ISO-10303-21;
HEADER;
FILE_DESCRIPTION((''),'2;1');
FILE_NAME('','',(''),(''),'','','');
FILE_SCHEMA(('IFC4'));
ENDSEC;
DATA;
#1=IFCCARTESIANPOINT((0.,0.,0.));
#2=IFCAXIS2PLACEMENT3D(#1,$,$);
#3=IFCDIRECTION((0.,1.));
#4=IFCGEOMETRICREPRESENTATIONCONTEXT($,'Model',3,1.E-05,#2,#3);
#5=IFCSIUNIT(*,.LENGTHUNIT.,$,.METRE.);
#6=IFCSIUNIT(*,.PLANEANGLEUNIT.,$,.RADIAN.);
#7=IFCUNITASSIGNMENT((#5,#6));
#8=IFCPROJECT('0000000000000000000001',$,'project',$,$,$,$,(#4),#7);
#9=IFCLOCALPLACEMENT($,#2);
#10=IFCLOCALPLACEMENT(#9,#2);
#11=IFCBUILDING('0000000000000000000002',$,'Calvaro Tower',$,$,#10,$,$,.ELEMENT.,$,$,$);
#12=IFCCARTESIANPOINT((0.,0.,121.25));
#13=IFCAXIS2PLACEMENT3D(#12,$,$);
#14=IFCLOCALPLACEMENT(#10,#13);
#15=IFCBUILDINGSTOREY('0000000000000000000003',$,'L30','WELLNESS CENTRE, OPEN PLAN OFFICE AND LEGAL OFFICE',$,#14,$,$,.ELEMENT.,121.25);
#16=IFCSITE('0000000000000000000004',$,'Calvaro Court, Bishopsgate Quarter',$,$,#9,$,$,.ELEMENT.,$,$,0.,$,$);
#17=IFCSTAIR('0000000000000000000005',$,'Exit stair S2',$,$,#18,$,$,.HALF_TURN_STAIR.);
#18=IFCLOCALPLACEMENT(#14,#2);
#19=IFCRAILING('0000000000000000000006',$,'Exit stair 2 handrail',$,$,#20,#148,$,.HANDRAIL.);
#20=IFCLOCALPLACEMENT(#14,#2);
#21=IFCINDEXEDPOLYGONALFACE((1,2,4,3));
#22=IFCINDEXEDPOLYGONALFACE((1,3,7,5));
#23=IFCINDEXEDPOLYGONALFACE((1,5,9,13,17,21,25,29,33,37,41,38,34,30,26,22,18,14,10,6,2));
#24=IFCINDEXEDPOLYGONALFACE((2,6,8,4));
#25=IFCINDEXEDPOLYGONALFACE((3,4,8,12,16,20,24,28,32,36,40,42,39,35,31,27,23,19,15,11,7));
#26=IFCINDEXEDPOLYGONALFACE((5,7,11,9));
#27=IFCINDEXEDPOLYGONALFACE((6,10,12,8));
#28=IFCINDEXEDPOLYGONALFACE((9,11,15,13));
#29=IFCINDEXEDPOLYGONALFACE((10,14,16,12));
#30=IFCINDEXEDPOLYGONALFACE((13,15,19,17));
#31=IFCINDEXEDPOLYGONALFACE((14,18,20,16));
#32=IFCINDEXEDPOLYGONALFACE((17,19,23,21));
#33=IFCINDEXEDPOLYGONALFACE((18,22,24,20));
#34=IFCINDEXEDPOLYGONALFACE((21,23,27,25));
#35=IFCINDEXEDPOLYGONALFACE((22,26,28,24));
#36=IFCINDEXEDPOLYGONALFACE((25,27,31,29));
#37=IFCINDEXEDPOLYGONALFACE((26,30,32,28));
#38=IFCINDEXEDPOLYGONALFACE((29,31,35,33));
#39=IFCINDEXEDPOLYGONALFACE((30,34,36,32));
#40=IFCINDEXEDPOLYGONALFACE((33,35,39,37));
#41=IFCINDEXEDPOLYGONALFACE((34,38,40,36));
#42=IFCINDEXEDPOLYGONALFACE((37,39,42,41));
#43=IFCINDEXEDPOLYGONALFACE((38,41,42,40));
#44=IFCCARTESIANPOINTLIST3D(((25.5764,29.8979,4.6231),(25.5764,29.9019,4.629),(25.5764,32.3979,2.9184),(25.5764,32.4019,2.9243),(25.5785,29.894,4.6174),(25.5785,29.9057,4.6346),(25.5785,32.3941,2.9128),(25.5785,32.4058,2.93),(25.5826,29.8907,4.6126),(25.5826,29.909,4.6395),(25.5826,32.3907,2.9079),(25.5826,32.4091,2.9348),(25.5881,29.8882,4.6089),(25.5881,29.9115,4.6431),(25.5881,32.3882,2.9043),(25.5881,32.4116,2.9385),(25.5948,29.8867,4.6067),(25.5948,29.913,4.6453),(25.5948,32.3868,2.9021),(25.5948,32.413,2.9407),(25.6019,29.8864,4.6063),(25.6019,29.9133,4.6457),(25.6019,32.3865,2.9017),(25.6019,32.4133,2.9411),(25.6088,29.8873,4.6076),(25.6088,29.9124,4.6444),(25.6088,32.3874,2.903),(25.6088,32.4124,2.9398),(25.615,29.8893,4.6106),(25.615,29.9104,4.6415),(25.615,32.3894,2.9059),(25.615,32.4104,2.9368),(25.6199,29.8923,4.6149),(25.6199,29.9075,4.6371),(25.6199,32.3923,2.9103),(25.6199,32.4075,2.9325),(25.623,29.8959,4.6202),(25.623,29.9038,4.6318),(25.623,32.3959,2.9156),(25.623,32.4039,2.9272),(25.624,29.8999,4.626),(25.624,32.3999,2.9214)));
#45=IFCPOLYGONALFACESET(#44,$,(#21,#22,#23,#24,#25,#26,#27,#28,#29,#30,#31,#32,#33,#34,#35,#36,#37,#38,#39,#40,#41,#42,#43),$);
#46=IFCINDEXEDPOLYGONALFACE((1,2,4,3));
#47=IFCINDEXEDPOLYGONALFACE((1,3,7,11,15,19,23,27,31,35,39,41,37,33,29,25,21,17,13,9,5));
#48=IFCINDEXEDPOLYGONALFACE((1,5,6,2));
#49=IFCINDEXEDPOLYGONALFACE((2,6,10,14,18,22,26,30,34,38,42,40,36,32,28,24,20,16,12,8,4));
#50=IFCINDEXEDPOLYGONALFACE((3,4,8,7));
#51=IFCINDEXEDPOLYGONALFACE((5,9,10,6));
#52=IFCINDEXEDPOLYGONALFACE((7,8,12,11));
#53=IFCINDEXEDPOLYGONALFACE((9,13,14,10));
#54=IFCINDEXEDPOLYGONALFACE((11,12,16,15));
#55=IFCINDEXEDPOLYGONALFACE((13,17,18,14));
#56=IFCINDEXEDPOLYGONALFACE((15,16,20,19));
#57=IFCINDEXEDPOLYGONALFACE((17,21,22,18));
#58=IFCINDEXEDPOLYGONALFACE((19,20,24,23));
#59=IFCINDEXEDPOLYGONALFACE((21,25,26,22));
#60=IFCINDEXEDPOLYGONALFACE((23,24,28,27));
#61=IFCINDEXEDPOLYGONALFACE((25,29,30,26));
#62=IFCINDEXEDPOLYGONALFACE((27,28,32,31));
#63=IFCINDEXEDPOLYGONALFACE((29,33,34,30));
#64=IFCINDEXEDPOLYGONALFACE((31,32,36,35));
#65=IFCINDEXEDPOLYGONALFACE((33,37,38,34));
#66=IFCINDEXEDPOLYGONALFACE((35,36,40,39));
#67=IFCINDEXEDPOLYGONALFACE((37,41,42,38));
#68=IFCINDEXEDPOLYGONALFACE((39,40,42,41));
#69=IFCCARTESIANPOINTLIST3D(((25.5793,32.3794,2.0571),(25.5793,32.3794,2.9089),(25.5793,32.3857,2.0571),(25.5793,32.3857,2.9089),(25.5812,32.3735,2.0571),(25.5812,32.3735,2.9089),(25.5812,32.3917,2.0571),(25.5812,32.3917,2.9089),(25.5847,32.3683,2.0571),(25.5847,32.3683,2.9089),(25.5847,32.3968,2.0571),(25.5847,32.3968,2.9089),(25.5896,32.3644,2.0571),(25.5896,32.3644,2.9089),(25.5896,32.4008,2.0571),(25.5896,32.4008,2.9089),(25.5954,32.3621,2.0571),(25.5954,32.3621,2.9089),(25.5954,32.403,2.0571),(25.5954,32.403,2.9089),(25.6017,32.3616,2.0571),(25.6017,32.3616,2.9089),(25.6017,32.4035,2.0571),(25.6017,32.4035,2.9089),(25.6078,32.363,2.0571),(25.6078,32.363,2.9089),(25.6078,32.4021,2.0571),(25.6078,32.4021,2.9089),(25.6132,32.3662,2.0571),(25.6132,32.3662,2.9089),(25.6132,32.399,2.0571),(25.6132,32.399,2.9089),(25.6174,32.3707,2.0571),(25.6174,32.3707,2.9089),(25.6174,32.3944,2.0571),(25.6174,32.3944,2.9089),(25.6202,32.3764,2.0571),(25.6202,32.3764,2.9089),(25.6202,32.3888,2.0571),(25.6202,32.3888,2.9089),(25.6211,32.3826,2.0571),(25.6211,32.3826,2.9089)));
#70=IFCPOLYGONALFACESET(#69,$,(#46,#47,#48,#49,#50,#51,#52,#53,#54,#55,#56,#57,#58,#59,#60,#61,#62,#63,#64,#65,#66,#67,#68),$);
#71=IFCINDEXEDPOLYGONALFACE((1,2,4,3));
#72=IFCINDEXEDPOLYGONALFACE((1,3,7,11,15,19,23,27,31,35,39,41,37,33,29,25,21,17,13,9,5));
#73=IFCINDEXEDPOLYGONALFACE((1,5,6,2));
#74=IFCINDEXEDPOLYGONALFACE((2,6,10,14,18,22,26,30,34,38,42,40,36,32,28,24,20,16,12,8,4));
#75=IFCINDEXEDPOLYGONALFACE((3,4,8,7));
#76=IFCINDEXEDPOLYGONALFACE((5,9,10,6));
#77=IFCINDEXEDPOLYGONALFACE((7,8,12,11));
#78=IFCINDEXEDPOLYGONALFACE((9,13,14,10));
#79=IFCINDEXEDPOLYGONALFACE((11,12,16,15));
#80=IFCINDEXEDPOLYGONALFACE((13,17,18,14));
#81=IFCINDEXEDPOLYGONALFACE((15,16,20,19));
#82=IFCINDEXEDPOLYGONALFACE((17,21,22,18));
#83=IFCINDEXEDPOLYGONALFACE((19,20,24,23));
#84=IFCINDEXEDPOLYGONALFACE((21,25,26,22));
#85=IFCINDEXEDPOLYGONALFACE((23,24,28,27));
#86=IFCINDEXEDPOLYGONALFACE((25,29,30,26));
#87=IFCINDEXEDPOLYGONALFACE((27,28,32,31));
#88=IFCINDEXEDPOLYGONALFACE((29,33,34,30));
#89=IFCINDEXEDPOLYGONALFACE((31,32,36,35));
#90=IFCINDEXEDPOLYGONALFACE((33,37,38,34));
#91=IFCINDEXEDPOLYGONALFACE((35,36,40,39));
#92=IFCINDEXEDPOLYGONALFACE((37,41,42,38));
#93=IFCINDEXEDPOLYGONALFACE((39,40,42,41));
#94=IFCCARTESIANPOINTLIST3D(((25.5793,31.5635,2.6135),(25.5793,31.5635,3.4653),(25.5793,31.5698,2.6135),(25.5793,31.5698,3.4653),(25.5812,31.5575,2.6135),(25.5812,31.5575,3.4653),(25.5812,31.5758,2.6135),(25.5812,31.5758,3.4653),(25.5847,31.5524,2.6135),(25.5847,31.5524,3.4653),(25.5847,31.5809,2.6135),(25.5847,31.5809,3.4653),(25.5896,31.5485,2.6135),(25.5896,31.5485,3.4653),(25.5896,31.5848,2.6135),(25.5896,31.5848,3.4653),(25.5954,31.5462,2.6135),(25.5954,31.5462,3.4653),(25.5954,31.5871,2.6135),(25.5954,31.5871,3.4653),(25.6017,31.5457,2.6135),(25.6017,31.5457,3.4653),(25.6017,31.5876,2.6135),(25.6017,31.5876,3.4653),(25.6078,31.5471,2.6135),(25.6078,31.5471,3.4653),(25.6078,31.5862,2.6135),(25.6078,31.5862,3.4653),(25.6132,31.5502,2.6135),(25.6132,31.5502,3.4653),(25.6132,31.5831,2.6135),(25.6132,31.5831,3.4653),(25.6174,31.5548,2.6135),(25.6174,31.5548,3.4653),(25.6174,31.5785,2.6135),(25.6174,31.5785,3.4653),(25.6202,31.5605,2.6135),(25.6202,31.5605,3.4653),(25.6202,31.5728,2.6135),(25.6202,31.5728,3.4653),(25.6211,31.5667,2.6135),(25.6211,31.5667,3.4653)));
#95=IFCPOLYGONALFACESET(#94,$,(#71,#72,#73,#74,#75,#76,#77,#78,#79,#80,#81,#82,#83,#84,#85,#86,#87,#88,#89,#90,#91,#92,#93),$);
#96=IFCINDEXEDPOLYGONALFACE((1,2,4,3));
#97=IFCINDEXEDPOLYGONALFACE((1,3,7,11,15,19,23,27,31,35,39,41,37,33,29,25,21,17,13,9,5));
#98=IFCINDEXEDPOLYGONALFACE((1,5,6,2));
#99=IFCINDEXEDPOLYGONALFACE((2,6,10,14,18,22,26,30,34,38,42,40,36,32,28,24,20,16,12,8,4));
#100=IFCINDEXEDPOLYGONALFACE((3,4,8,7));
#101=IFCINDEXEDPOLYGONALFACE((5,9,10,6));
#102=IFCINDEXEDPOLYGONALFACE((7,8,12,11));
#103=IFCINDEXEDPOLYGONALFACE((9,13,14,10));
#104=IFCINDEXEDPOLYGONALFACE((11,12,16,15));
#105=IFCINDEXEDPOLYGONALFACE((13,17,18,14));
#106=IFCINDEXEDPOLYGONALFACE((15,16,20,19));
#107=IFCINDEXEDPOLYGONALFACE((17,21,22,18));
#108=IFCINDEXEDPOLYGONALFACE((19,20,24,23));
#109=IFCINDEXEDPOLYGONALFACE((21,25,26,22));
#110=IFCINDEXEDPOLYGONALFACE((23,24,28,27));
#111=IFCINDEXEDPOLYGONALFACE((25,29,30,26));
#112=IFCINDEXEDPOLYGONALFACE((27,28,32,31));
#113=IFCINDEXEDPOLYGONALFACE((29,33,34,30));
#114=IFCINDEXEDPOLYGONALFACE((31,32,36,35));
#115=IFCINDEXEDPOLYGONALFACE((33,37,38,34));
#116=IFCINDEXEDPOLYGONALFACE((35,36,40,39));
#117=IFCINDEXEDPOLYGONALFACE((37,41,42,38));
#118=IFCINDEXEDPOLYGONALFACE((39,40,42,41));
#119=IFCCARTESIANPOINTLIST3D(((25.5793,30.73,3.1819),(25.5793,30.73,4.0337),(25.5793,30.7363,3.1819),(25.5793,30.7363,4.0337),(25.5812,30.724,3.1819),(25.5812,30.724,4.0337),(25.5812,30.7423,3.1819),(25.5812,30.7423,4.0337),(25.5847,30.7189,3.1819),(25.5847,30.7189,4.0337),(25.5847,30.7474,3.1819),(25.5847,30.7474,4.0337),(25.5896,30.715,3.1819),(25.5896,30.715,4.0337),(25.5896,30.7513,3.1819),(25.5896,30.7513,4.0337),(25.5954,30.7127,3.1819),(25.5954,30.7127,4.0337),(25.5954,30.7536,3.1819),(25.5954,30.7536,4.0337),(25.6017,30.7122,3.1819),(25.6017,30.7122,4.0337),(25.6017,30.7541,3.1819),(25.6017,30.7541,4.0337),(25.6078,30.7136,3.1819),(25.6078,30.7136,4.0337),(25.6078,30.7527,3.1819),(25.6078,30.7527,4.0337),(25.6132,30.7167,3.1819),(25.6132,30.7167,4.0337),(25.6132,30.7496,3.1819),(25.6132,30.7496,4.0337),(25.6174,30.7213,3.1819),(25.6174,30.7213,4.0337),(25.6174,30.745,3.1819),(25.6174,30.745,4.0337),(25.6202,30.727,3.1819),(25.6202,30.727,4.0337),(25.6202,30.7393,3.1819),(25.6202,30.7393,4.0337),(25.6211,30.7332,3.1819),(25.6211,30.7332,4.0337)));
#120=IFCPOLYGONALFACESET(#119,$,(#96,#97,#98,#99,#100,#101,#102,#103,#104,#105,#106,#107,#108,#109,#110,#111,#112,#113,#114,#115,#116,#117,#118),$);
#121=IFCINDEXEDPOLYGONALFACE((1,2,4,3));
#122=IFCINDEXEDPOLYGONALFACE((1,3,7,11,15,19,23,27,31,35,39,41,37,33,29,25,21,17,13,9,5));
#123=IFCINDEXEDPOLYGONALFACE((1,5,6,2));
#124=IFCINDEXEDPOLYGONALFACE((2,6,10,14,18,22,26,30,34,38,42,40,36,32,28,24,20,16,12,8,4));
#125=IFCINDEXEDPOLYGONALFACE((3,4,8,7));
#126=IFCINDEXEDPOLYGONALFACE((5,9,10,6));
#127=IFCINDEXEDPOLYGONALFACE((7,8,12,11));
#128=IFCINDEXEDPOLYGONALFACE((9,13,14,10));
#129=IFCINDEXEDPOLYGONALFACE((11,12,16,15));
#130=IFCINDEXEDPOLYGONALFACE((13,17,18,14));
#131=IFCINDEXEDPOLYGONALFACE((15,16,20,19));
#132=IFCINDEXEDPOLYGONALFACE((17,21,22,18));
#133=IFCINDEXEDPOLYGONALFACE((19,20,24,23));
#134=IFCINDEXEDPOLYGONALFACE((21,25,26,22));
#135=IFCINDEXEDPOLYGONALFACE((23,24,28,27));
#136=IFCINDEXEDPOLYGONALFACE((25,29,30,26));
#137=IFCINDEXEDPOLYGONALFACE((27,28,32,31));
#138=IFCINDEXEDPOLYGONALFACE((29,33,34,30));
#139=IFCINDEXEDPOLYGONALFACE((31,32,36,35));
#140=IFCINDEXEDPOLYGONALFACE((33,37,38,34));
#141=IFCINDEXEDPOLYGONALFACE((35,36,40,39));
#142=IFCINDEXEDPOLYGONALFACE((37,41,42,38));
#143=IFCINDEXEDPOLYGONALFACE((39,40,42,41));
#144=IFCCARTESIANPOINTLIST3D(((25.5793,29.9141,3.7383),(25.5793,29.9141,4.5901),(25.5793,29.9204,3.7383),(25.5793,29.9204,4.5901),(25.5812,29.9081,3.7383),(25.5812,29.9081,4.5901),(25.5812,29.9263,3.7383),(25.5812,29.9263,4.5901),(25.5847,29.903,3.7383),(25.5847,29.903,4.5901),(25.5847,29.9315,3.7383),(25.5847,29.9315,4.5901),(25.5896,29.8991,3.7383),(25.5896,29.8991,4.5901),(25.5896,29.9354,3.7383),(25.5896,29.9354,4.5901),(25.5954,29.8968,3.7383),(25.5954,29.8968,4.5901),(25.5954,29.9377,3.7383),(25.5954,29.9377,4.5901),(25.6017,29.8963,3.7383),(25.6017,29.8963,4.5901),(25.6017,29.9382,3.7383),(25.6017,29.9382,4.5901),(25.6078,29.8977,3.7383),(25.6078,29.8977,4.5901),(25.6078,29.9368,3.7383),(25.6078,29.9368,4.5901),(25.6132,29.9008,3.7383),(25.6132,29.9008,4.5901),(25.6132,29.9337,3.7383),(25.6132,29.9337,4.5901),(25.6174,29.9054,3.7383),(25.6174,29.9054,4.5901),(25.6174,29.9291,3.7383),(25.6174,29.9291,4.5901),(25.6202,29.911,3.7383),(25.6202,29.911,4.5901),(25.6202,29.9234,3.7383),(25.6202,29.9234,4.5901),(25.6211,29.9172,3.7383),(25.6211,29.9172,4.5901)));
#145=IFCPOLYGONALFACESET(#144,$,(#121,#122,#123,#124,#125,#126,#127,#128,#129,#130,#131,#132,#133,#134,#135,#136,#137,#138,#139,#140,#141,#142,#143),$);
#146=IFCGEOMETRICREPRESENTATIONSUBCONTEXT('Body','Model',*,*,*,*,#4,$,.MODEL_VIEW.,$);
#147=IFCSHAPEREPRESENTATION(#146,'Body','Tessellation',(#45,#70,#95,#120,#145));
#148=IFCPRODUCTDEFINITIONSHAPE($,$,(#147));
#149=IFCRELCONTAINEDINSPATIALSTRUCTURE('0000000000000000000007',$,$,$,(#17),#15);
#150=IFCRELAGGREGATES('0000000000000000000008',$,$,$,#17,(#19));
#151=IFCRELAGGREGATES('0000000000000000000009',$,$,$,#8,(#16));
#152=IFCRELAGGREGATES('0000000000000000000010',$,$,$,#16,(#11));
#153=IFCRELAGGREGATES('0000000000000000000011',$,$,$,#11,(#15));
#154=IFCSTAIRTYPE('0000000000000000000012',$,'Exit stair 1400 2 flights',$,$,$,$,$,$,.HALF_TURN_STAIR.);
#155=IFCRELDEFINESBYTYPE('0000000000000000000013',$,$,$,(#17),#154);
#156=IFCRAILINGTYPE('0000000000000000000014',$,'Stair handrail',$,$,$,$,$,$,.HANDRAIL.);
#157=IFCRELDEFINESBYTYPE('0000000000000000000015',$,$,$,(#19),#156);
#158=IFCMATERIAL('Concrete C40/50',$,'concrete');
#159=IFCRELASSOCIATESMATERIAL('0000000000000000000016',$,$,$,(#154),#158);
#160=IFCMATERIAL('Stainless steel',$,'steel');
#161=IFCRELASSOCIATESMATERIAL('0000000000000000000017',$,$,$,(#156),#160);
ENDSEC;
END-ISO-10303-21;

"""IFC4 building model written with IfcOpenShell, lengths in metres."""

from ifc_helpers import new_model, si_unit, direction, frame, origin, origin_2d, place, context, subcontext, project, spatial, circle, extrude, material, type_object, element, aggregate, save


model = new_model("IFC4")

# Units and contexts
model_context = context("Model", 3, precision=1e-05, world=origin(), true_north=direction((0.0, 1.0)))
body_context = subcontext(model_context, "Body", "Model", "MODEL_VIEW")
ifc_project = project(units=[si_unit("LENGTHUNIT", "METRE"), si_unit("PLANEANGLEUNIT", "RADIAN")], contexts=[model_context])

# Site, building, storey
site_placement = place(None, origin())
site = spatial("IfcSite", under=ifc_project, at=site_placement, Name="Calvaro Court, Bishopsgate Quarter", CompositionType="ELEMENT", RefElevation=0.0)
building_placement = place(site_placement, origin())
building = spatial("IfcBuilding", under=site, at=building_placement, Name="Calvaro Tower", CompositionType="ELEMENT")
storey_placement = place(building_placement, frame((0.0, 0.0, 121.25)))
storey = spatial("IfcBuildingStorey", under=building, at=storey_placement, Name="L30", Description="WELLNESS CENTRE, OPEN PLAN OFFICE AND LEGAL OFFICE", CompositionType="ELEMENT", Elevation=121.25)

# Stair, railing
ifc_material_1 = material(Name="Concrete C40/50", Category="concrete")
stair_type = type_object("IfcStairType", Name="Exit stair 1400 2 flights", PredefinedType="HALF_TURN_STAIR", material=ifc_material_1)
stair_placement = place(storey_placement, origin())
stair = element("IfcStair", 1, at=stair_placement, inside=storey, type_object=stair_type, Name="Exit stair S2", PredefinedType="HALF_TURN_STAIR")
ifc_material_2 = material(Name="Stainless steel", Category="steel")
railing_type = type_object("IfcRailingType", Name="Stair handrail", PredefinedType="HANDRAIL", material=ifc_material_2)
railing_1_placement = place(storey_placement, frame((25.6001, 32.3999, 2.0454)))
railing_1 = element("IfcRailing", 2, at=railing_1_placement, type_object=railing_type, Name="Exit stair 2 handrail", PredefinedType="HANDRAIL", context=body_context, shape_type="SweptSolid", body=[
    extrude(circle(Radius=0.0239, at=origin_2d()), frame((0.0, 0.0, 0.876), z_axis=(0.0, -0.826221, 0.563347), x_axis=(1.0, 0.0, 0.0)), (0.0, 0.0, 1.0), 3.0259),
    extrude(circle(Radius=0.021, at=origin_2d()), frame((0.0, -0.0173, 0.0117)), (0.0, 0.0, 1.0), 0.8518),
    extrude(circle(Radius=0.021, at=origin_2d()), frame((0.0, -0.8333, 0.5681)), (0.0, 0.0, 1.0), 0.8518),
    extrude(circle(Radius=0.021, at=origin_2d()), frame((0.0, -1.6667, 1.1365)), (0.0, 0.0, 1.0), 0.8518),
    extrude(circle(Radius=0.021, at=origin_2d()), frame((0.0, -2.4827, 1.6929)), (0.0, 0.0, 1.0), 0.8518),
])
aggregate(stair, [railing_1])

save(model, "model.ifc")
